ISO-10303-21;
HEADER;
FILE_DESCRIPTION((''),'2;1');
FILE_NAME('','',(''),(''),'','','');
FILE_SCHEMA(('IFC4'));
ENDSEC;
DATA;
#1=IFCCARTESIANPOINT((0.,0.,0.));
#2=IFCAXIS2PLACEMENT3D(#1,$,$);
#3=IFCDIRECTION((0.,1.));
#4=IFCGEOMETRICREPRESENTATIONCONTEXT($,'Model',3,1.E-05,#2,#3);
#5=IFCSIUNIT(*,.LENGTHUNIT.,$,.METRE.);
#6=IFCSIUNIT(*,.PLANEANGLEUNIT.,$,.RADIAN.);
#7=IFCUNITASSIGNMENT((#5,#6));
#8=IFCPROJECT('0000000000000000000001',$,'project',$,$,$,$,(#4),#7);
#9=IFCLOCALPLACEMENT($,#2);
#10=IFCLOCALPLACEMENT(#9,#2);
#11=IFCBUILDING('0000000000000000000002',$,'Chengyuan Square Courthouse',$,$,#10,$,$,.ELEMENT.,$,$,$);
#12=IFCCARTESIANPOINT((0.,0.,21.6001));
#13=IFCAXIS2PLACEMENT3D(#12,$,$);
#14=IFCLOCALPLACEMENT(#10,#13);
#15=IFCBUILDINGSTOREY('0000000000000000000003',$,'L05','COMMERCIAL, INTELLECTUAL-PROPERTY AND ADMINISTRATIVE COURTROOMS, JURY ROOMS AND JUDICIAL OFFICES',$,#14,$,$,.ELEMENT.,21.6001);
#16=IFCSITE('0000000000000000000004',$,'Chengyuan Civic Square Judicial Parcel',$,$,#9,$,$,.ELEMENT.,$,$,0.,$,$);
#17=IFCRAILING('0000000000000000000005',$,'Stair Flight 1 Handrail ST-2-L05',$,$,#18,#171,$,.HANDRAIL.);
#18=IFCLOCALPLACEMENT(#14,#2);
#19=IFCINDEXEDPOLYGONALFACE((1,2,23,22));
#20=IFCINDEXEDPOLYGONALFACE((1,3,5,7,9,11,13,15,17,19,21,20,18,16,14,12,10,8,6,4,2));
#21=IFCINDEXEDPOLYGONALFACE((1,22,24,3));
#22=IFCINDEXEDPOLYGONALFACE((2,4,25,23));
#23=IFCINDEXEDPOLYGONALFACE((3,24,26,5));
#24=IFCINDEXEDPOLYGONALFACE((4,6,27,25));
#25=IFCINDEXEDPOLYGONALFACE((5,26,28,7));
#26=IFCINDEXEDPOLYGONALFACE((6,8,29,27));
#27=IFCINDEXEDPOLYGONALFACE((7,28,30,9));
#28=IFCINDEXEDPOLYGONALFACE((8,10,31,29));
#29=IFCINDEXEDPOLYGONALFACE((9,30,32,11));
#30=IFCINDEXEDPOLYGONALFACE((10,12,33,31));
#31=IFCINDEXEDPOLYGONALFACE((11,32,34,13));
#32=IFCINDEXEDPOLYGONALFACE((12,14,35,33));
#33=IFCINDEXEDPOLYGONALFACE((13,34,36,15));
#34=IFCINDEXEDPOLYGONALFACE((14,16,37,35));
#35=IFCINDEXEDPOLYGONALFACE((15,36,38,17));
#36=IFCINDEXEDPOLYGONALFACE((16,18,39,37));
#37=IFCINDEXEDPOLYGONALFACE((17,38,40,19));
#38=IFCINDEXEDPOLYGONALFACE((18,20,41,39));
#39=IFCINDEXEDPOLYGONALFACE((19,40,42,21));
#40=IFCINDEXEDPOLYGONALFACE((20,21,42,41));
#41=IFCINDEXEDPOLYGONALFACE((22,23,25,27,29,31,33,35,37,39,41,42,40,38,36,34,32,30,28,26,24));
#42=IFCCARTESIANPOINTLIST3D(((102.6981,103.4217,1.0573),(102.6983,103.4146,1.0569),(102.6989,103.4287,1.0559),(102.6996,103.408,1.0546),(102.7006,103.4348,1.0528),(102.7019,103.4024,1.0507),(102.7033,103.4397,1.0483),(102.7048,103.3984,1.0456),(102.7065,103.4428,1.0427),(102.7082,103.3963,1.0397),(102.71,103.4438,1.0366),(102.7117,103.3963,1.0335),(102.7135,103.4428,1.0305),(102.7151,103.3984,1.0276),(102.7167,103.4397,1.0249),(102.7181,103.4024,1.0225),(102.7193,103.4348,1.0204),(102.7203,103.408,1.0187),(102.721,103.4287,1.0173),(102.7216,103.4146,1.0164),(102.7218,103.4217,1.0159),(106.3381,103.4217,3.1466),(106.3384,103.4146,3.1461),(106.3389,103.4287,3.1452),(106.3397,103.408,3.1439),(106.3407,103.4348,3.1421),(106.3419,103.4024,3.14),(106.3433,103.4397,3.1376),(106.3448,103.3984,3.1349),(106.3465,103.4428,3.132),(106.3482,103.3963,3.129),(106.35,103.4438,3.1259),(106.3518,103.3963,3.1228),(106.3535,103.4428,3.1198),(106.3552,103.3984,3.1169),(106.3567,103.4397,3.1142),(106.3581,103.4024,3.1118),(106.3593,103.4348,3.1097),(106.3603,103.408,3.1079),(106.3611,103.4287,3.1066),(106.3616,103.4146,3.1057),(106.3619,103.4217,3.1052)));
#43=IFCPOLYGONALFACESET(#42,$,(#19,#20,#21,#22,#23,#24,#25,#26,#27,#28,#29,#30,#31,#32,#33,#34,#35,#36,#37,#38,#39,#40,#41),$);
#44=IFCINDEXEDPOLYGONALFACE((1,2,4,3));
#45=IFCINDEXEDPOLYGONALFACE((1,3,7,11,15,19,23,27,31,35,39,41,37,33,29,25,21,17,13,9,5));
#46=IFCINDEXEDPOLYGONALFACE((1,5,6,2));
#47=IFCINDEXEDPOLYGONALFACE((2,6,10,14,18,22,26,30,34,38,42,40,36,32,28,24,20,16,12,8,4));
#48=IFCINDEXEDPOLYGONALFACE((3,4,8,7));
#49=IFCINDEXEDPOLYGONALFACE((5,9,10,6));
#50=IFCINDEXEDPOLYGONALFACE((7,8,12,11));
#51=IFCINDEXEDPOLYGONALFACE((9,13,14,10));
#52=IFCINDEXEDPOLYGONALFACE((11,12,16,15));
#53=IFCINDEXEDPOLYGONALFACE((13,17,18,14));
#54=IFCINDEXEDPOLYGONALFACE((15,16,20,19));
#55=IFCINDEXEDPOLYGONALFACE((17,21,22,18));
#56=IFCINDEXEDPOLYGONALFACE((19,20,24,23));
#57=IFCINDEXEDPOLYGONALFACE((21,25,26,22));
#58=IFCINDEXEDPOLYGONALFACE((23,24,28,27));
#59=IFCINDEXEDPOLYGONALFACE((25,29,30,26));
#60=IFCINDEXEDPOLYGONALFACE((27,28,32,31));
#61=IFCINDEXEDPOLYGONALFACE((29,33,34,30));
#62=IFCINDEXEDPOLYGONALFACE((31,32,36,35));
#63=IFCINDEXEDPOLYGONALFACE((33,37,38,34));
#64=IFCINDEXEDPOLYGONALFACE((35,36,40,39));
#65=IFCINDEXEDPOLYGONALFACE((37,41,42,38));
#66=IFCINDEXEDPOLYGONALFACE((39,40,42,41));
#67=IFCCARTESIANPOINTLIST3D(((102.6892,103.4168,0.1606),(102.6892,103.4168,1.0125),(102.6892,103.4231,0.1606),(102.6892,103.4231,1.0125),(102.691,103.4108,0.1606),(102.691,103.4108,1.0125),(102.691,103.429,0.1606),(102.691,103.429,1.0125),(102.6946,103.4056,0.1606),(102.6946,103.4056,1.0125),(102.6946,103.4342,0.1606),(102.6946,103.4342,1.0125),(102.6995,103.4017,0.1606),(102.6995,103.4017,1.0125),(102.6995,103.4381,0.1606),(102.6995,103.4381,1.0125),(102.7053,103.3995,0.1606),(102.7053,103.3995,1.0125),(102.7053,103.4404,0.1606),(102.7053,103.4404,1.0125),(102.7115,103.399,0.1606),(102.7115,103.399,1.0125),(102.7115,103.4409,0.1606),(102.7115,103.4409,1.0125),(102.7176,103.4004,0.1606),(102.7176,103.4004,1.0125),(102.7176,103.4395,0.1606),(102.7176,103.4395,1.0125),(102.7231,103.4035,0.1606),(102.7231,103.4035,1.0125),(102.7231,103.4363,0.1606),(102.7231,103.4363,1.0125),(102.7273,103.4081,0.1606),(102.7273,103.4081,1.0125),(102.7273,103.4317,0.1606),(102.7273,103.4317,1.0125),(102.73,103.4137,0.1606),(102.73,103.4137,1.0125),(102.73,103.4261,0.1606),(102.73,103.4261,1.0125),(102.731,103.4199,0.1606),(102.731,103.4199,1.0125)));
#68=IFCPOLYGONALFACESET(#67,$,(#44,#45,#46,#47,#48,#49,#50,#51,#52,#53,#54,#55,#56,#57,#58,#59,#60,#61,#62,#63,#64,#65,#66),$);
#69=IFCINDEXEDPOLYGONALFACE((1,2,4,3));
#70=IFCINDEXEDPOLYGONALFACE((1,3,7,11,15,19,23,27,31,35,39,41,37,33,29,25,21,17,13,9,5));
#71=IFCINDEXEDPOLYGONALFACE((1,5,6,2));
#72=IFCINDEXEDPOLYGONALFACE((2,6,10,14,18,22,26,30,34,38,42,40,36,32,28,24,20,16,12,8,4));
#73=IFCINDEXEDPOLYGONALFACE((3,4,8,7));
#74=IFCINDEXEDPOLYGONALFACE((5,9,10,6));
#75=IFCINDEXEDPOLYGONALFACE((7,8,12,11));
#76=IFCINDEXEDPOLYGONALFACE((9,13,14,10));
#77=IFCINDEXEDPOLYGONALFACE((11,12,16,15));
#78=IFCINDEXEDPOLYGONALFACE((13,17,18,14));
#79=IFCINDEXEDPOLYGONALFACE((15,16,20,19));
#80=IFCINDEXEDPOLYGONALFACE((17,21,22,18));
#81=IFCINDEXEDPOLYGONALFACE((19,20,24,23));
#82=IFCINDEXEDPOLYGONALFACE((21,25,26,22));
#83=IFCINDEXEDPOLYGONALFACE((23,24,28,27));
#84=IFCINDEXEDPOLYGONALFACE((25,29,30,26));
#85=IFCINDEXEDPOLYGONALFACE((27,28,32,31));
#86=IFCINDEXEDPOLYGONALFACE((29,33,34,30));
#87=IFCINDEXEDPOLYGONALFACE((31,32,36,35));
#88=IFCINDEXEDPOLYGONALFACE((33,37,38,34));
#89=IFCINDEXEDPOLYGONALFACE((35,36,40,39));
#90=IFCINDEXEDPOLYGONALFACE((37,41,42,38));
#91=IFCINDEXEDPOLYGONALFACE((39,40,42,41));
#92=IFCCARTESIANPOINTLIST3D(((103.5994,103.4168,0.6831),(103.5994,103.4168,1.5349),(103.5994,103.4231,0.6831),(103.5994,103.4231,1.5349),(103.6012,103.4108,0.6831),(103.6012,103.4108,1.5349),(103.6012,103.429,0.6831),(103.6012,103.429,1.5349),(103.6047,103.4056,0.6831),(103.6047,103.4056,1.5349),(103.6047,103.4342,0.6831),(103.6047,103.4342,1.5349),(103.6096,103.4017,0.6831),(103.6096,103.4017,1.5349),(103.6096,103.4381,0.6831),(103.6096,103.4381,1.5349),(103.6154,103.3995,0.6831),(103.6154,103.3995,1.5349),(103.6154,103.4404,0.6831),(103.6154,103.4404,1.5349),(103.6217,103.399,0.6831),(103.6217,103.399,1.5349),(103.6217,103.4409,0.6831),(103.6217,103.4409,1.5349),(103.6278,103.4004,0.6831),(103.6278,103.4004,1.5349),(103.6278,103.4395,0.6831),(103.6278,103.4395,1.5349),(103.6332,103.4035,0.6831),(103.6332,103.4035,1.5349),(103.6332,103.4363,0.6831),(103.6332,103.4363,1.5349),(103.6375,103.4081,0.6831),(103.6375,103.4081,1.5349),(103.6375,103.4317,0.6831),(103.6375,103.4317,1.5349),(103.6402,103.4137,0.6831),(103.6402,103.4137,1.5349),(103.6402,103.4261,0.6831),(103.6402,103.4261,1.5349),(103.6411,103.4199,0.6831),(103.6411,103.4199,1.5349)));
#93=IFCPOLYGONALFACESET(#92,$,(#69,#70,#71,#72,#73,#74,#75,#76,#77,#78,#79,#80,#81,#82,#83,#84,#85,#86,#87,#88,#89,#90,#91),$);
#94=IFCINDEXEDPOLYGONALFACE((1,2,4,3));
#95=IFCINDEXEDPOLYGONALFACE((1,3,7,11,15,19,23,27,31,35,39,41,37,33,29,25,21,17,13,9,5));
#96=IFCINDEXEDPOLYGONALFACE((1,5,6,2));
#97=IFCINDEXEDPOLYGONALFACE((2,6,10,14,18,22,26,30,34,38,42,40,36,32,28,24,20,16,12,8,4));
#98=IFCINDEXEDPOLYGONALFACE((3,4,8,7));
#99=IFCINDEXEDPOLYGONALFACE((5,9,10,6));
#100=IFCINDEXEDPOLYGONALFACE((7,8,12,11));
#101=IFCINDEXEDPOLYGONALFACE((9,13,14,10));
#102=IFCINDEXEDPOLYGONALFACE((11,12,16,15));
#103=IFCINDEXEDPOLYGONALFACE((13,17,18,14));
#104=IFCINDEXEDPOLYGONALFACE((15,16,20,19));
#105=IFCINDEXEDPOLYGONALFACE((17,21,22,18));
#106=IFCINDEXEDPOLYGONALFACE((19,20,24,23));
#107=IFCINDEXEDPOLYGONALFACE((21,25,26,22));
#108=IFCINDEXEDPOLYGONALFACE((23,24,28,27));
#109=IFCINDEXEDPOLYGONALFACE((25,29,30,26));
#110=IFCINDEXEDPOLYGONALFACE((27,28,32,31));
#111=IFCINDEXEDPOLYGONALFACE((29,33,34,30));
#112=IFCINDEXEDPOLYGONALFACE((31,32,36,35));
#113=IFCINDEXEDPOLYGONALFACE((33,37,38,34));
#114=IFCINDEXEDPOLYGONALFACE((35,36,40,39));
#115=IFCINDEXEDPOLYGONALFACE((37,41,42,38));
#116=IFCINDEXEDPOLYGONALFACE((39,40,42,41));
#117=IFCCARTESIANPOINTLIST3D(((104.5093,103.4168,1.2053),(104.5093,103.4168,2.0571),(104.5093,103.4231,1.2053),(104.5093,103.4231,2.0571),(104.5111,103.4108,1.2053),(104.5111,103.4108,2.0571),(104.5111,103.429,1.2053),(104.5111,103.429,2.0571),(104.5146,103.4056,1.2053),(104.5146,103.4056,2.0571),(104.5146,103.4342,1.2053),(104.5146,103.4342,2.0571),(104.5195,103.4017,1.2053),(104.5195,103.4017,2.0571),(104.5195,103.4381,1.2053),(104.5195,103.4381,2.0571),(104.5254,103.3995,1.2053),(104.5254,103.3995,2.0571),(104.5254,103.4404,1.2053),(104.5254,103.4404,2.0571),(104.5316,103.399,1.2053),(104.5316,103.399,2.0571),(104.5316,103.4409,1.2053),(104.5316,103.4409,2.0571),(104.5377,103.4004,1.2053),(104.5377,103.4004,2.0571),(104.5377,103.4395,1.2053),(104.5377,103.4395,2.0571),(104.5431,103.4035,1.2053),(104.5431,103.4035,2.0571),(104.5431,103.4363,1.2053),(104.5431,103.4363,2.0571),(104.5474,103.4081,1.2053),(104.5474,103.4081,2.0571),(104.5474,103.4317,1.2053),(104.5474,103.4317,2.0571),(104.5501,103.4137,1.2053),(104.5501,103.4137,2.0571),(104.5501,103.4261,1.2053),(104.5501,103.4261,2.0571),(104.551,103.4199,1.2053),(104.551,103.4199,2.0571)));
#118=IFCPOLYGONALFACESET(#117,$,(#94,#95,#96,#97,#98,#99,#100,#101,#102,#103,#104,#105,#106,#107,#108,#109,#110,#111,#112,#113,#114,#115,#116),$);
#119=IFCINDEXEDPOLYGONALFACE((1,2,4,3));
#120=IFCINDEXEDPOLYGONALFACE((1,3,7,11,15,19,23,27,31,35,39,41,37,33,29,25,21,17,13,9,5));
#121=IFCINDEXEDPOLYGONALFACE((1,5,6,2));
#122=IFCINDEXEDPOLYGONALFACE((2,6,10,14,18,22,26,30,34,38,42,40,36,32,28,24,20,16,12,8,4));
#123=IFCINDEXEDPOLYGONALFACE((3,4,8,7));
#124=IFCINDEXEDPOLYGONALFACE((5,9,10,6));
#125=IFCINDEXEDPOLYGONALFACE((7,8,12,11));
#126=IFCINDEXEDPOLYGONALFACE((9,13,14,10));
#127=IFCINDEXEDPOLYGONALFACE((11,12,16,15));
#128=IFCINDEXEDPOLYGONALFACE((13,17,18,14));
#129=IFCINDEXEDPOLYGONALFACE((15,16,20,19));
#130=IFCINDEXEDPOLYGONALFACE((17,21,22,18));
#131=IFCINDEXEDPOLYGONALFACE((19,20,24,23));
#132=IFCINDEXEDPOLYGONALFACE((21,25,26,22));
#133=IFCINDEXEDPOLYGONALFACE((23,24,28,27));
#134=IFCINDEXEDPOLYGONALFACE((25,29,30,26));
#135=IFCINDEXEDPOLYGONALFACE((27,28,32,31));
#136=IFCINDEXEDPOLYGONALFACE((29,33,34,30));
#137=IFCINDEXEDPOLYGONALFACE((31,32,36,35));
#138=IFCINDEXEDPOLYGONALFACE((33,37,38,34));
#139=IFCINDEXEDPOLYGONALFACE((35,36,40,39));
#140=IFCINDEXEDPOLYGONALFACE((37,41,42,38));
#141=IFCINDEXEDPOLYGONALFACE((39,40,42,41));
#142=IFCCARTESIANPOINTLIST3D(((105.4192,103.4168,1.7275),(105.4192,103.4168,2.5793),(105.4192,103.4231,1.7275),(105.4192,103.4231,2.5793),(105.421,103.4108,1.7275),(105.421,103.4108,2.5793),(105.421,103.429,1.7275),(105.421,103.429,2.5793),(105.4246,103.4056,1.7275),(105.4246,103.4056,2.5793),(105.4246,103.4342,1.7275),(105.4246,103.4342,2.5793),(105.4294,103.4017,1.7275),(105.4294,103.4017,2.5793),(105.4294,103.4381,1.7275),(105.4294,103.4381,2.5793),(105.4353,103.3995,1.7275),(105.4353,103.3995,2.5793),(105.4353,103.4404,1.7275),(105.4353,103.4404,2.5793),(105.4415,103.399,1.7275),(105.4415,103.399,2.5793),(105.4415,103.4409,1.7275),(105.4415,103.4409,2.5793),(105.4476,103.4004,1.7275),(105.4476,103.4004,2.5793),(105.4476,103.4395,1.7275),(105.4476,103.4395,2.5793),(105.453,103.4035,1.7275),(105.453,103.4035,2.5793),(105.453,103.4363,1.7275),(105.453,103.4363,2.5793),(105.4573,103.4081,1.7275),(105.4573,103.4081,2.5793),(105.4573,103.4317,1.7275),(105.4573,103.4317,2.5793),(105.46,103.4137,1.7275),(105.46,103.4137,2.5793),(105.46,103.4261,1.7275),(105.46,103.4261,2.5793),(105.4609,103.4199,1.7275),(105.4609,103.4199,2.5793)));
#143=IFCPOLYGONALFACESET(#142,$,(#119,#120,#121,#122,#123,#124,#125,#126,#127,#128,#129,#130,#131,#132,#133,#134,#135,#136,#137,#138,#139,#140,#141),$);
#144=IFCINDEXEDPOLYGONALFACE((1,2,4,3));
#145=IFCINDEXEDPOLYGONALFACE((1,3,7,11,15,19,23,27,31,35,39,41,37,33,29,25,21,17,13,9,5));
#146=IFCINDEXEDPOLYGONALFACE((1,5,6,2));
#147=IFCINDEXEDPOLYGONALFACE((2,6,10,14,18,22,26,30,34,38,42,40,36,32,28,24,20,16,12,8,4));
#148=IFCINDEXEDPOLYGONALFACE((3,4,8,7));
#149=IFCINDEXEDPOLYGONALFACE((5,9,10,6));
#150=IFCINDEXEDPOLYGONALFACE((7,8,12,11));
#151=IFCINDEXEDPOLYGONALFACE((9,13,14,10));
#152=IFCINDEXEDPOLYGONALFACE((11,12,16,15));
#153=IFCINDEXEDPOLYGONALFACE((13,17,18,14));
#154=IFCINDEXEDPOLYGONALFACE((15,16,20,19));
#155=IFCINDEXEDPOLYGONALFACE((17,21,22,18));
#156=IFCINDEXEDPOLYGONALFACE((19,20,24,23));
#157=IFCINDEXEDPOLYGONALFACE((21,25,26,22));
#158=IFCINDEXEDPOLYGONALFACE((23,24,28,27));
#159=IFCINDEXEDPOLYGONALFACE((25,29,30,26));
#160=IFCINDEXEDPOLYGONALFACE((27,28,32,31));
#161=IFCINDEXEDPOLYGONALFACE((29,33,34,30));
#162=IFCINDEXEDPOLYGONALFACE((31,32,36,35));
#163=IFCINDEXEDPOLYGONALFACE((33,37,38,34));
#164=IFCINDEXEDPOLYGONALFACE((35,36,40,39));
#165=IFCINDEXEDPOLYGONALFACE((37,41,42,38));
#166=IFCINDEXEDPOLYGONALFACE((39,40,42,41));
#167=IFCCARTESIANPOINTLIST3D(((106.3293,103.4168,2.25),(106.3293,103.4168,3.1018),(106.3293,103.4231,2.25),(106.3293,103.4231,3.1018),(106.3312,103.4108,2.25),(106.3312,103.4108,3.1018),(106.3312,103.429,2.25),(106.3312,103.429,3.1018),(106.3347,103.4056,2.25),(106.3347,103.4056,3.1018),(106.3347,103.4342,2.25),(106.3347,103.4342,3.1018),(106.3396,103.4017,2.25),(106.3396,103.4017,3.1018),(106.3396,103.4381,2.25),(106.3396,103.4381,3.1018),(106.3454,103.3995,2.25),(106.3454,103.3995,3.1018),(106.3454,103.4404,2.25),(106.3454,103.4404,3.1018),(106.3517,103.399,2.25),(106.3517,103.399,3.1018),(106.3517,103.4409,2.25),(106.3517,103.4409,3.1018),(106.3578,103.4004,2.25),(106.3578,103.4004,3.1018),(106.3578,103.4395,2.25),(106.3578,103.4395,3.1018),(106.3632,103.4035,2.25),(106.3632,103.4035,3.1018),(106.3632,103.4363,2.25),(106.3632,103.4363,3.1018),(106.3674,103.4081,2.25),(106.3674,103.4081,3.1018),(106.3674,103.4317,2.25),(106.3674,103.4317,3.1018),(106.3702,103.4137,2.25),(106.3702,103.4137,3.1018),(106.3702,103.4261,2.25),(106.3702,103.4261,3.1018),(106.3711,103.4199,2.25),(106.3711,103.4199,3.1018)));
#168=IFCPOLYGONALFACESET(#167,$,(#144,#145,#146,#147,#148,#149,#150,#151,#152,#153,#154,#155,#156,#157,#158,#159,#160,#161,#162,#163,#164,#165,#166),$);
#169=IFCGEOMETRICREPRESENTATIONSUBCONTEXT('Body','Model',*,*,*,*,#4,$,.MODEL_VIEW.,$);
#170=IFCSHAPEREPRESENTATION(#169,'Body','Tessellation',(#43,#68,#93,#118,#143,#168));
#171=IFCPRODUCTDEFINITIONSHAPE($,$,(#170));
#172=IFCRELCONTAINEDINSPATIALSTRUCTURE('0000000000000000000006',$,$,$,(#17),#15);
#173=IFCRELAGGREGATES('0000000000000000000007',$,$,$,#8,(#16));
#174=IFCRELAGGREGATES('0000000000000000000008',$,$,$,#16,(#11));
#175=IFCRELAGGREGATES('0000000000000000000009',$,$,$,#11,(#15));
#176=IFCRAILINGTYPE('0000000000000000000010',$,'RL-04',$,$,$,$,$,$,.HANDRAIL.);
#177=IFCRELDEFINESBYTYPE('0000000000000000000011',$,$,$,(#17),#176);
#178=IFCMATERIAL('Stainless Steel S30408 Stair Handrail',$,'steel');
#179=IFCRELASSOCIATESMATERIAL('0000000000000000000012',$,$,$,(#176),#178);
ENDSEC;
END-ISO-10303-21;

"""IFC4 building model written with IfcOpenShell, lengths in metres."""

from ifc_helpers import new_model, si_unit, direction, frame, origin, origin_2d, place, context, subcontext, project, spatial, circle, extrude, material, type_object, element, save


model = new_model("IFC4")

# Units and contexts
model_context = context("Model", 3, precision=1e-05, world=origin(), true_north=direction((0.0, 1.0)))
body_context = subcontext(model_context, "Body", "Model", "MODEL_VIEW")
ifc_project = project(units=[si_unit("LENGTHUNIT", "METRE"), si_unit("PLANEANGLEUNIT", "RADIAN")], contexts=[model_context])

# Site, building, storey
site_placement = place(None, origin())
site = spatial("IfcSite", under=ifc_project, at=site_placement, Name="Chengyuan Civic Square Judicial Parcel", CompositionType="ELEMENT", RefElevation=0.0)
building_placement = place(site_placement, origin())
building = spatial("IfcBuilding", under=site, at=building_placement, Name="Chengyuan Square Courthouse", CompositionType="ELEMENT")
storey_placement = place(building_placement, frame((0.0, 0.0, 21.6001)))
storey = spatial("IfcBuildingStorey", under=building, at=storey_placement, Name="L05", Description="COMMERCIAL, INTELLECTUAL-PROPERTY AND ADMINISTRATIVE COURTROOMS, JURY ROOMS AND JUDICIAL OFFICES", CompositionType="ELEMENT", Elevation=21.6001)

# Railing
ifc_material_1 = material(Name="Stainless Steel S30408 Stair Handrail", Category="steel")
railing_type_1 = type_object("IfcRailingType", Name="RL-04", PredefinedType="HANDRAIL", material=ifc_material_1)
railing_1_placement = place(storey_placement, frame((102.71, 103.4199, 0.1606)))
element("IfcRailing", 1, at=railing_1_placement, inside=storey, type_object=railing_type_1, Name="Stair Flight 1 Handrail ST-2-L05", PredefinedType="HANDRAIL", context=body_context, shape_type="SweptSolid", body=[
    extrude(circle(Radius=0.0239, at=origin_2d()), frame((0.0, 0.0, 0.876), z_axis=(0.867289, 0.0, 0.497804), x_axis=(0.0, 1.0, 0.0)), (0.0, 0.0, 1.0), 4.197),
    extrude(circle(Radius=0.021, at=origin_2d()), origin(), (0.0, 0.0, 1.0), 0.8518),
    extrude(circle(Radius=0.021, at=origin_2d()), frame((0.9102, 0.0, 0.5225)), (0.0, 0.0, 1.0), 0.8518),
    extrude(circle(Radius=0.021, at=origin_2d()), frame((1.8201, 0.0, 1.0447)), (0.0, 0.0, 1.0), 0.8518),
    extrude(circle(Radius=0.021, at=origin_2d()), frame((2.73, 0.0, 1.5669)), (0.0, 0.0, 1.0), 0.8518),
    extrude(circle(Radius=0.021, at=origin_2d()), frame((3.6401, 0.0, 2.0894)), (0.0, 0.0, 1.0), 0.8518),
])

save(model, "model.ifc")
